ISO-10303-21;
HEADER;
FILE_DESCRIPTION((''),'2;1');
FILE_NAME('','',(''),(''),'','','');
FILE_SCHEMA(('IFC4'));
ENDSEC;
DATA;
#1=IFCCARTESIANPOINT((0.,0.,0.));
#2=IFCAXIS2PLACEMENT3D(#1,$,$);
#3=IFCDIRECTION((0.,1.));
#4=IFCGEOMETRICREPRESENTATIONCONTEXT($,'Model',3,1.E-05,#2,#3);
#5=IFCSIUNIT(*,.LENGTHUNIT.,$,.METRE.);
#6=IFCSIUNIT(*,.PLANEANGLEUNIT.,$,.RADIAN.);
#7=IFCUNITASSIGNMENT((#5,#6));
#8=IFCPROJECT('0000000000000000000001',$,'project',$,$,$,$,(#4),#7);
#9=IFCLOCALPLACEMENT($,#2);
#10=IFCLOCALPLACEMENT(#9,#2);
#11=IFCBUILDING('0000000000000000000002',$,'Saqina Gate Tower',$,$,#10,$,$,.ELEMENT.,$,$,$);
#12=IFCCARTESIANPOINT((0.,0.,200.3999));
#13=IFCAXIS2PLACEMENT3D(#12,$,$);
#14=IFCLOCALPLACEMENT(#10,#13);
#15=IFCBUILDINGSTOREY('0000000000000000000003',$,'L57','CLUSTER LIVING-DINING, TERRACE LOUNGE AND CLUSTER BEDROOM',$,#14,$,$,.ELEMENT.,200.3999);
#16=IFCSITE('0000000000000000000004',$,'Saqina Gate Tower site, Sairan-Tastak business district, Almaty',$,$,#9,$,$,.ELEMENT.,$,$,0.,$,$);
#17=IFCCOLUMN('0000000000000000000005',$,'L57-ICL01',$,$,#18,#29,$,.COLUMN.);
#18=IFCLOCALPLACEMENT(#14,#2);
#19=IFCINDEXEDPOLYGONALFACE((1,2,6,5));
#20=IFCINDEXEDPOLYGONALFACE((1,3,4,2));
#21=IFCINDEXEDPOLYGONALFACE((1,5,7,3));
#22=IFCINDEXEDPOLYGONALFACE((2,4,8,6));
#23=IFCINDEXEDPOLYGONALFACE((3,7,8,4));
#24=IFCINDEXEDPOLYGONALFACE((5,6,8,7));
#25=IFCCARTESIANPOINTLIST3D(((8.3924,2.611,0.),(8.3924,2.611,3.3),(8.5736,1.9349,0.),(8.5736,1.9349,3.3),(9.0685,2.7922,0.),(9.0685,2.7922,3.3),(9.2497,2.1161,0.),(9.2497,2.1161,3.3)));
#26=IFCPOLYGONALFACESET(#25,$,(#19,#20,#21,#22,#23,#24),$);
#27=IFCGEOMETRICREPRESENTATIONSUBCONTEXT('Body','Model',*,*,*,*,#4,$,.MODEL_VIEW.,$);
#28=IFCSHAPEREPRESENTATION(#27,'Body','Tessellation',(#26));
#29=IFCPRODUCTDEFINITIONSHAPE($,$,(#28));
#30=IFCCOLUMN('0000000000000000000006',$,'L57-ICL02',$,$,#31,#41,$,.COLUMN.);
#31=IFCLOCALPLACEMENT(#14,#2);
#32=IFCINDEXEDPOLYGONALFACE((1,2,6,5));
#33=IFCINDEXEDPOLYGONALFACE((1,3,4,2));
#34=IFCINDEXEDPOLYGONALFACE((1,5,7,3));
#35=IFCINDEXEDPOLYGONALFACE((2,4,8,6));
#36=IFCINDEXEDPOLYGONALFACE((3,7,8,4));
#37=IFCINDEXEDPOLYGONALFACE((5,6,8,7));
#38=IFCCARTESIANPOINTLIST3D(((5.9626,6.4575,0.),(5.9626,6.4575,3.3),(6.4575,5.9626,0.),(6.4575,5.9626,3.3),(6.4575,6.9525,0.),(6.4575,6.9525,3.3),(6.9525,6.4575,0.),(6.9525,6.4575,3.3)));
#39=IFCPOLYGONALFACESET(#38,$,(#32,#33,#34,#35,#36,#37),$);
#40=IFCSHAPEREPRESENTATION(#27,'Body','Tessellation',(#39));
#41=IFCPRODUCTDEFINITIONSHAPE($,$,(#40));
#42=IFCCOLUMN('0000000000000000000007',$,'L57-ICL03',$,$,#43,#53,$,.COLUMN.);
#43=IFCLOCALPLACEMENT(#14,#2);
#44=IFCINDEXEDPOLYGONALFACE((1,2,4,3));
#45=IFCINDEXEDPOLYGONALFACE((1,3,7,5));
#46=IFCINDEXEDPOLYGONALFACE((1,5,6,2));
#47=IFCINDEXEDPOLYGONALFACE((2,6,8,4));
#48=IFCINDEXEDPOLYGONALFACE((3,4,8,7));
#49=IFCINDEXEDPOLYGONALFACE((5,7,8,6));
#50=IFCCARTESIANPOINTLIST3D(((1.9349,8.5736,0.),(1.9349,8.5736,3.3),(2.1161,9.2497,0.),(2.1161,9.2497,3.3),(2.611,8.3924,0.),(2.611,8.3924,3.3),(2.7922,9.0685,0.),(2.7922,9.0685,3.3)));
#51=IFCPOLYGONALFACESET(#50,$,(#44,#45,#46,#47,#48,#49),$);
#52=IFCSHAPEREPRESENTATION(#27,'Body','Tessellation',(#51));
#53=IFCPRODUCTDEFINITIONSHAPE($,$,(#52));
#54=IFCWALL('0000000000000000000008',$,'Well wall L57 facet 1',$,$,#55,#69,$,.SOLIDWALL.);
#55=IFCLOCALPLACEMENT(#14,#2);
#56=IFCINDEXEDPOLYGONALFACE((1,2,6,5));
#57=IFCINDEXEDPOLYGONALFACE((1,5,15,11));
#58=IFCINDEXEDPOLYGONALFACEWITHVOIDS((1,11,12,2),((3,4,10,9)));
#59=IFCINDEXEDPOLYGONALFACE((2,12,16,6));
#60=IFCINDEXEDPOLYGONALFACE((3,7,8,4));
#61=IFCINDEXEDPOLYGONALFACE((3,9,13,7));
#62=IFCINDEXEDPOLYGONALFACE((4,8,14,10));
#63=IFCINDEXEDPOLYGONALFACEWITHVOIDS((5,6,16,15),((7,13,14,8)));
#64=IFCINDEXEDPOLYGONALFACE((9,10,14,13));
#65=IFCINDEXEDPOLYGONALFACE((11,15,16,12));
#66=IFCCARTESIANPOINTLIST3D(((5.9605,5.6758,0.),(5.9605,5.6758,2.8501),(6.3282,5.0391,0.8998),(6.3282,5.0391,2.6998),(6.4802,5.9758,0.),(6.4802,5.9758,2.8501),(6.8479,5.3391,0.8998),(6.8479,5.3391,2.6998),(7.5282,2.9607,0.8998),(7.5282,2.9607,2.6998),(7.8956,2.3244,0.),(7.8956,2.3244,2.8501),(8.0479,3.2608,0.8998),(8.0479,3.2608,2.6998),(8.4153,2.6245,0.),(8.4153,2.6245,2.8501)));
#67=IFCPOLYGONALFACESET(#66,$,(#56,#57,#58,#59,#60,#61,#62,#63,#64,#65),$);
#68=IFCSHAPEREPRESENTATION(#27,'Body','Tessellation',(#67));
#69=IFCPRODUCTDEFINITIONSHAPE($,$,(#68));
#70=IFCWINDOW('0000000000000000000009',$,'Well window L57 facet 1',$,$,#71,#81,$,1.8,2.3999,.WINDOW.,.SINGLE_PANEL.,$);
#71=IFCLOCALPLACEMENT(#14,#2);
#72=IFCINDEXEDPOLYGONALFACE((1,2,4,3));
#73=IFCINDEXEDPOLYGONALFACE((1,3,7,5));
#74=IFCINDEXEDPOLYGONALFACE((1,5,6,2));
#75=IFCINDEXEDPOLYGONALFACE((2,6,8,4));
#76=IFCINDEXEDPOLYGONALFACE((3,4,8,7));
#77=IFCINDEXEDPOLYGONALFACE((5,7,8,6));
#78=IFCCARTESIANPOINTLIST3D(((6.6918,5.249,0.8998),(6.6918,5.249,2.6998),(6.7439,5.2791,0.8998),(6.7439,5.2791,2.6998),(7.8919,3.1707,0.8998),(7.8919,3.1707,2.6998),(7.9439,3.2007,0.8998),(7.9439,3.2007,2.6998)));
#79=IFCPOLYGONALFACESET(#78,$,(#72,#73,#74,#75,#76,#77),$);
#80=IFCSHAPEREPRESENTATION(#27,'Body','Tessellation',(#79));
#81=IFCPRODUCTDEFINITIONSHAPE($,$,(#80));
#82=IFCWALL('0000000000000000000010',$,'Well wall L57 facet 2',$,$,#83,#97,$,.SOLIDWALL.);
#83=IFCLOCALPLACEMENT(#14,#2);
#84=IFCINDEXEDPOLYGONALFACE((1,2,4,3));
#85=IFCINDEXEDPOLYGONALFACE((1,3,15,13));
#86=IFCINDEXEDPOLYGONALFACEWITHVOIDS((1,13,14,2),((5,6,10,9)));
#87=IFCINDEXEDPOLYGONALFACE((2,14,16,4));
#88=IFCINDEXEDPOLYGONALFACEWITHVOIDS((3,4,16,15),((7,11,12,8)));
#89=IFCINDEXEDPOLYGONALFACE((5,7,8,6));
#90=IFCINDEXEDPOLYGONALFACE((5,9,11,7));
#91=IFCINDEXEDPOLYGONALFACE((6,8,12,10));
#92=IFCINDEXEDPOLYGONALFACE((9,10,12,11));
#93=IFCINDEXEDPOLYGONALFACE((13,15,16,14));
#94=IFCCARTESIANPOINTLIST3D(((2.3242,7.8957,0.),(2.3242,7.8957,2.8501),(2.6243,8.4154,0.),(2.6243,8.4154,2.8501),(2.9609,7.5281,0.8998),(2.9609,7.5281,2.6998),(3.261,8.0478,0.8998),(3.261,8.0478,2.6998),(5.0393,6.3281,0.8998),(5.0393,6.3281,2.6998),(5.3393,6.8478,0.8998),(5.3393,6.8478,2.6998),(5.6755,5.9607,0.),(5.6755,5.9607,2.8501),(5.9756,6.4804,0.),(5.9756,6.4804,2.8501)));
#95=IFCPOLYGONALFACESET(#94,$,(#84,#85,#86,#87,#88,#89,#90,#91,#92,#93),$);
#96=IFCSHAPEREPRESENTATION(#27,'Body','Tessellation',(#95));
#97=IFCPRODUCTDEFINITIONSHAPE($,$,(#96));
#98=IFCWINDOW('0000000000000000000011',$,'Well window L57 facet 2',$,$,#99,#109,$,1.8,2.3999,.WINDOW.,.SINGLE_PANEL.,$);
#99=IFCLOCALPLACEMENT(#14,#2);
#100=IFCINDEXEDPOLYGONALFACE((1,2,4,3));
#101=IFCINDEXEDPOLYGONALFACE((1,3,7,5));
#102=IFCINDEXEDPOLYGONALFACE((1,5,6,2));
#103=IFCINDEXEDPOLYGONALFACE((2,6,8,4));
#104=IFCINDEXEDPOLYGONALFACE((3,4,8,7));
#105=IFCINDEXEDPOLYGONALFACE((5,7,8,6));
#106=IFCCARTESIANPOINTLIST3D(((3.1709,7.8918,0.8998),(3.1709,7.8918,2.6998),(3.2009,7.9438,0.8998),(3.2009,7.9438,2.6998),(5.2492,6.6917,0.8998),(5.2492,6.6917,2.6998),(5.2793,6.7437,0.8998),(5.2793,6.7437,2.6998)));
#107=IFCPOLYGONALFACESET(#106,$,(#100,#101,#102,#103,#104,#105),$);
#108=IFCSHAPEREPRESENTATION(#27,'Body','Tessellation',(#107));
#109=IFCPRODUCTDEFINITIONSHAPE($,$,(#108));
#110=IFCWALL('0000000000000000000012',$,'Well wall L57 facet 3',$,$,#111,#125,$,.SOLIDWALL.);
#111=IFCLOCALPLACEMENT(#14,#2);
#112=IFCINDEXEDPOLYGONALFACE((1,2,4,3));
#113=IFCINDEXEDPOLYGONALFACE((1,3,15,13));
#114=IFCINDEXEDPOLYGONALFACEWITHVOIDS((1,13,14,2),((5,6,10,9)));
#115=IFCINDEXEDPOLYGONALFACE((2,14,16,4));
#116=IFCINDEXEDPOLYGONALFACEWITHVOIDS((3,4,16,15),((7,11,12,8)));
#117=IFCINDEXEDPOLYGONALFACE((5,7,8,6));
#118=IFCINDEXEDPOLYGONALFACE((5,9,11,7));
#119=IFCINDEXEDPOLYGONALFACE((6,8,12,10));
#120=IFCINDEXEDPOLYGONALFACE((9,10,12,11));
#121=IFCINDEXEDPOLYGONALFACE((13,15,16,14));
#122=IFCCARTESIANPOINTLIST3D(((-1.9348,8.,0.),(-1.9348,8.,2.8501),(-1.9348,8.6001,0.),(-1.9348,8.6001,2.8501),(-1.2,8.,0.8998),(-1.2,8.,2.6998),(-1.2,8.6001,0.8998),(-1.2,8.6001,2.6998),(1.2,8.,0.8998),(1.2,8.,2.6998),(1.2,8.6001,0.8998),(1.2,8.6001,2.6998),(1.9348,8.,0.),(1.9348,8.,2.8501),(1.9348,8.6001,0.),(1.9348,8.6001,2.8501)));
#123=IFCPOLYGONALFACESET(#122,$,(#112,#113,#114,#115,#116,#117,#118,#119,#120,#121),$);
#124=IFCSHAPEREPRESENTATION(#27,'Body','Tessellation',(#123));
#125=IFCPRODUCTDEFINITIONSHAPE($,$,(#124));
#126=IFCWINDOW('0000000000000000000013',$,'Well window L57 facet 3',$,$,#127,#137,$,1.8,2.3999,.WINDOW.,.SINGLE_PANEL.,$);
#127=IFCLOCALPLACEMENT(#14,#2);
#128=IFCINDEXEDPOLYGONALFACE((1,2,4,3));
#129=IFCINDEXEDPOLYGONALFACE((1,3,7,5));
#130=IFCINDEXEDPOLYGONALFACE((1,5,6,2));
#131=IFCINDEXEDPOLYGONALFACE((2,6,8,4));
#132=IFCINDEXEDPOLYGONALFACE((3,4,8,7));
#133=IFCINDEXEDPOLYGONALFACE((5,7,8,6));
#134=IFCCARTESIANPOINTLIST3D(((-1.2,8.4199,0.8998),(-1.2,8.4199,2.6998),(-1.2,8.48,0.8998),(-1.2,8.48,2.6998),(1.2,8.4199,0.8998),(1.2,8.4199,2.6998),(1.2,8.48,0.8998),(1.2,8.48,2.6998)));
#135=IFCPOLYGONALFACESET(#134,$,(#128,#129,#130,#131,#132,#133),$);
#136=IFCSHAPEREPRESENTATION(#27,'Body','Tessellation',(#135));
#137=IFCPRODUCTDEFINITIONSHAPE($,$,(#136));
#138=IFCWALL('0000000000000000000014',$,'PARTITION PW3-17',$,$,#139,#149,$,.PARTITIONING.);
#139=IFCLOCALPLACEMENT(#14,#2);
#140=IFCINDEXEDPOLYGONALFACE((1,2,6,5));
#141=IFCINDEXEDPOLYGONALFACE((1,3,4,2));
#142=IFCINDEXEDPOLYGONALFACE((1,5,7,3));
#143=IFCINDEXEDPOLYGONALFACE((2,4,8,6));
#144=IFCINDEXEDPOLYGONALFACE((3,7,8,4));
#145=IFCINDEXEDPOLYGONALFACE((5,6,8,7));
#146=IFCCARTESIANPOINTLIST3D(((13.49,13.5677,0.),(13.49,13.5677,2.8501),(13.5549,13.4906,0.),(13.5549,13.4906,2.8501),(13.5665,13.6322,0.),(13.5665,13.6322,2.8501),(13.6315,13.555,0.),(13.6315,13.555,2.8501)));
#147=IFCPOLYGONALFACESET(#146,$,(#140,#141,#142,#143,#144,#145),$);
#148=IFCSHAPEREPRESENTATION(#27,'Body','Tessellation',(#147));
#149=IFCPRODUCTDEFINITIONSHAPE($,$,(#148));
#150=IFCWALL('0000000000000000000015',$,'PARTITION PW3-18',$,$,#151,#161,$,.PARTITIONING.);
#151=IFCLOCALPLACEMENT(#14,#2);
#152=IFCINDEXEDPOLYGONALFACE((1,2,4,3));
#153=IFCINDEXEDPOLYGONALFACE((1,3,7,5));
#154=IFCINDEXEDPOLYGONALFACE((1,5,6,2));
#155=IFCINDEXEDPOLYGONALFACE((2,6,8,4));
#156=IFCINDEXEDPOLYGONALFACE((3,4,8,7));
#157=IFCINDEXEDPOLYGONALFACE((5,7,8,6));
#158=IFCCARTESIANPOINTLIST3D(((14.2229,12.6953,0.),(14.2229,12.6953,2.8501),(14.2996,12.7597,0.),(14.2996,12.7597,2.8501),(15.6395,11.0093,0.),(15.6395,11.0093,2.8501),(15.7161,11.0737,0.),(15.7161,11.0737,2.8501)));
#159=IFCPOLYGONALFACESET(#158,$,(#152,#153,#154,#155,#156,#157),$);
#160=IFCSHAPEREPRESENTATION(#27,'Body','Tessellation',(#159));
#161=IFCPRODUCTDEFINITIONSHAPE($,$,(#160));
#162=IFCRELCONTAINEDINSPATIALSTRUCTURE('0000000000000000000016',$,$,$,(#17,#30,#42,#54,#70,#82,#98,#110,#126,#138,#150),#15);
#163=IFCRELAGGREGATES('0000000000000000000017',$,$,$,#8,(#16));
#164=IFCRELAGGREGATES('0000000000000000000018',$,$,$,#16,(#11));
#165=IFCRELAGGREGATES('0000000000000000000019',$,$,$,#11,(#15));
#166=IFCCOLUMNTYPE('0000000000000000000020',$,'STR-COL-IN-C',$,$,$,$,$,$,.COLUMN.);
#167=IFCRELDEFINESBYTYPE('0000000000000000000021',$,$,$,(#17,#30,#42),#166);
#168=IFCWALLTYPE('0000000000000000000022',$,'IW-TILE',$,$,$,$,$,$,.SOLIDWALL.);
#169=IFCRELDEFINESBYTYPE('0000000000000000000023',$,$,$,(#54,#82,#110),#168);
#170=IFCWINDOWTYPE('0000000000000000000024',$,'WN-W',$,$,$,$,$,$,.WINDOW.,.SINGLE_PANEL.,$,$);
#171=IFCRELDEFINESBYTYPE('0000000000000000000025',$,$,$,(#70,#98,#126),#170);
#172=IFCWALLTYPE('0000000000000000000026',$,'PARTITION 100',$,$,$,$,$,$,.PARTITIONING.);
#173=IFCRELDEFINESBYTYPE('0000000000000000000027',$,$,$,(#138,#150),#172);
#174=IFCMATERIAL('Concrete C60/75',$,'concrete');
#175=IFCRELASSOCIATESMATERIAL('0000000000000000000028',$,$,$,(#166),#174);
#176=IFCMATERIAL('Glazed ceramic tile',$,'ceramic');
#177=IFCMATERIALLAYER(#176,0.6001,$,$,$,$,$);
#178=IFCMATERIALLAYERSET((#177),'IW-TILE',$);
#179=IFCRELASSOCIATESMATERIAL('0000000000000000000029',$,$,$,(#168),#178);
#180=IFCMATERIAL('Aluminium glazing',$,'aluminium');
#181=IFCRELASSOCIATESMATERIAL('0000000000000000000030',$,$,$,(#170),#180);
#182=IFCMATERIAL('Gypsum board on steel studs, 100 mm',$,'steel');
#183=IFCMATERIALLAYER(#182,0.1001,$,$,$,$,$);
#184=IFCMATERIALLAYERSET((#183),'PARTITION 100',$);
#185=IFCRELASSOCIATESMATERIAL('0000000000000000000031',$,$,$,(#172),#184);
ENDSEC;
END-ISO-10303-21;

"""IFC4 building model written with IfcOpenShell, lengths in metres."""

from ifc_helpers import new_model, si_unit, direction, frame, frame_2d, origin, origin_2d, place, context, subcontext, project, spatial, rectangle, extrude, material, layer, layer_set, material_profile, profile_set, type_object, element, fill, save


model = new_model("IFC4")

# Units and contexts
model_context = context("Model", 3, precision=1e-05, world=origin(), true_north=direction((0.0, 1.0)))
body_context = subcontext(model_context, "Body", "Model", "MODEL_VIEW")
ifc_project = project(units=[si_unit("LENGTHUNIT", "METRE"), si_unit("PLANEANGLEUNIT", "RADIAN")], contexts=[model_context])

# Site, building, storey
site_placement = place(None, origin())
site = spatial("IfcSite", under=ifc_project, at=site_placement, Name="Saqina Gate Tower site, Sairan-Tastak business district, Almaty", CompositionType="ELEMENT", RefElevation=0.0)
building_placement = place(site_placement, origin())
building = spatial("IfcBuilding", under=site, at=building_placement, Name="Saqina Gate Tower", CompositionType="ELEMENT")
storey_placement = place(building_placement, frame((0.0, 0.0, 200.3999)))
storey = spatial("IfcBuildingStorey", under=building, at=storey_placement, Name="L57", Description="CLUSTER LIVING-DINING, TERRACE LOUNGE AND CLUSTER BEDROOM", CompositionType="ELEMENT", Elevation=200.3999)

# Columns
ifc_material_1 = material(Name="Concrete C60/75", Category="concrete")
ifc_material_profile = material_profile(ifc_material_1, rectangle(XDim=0.7, YDim=0.7, at=origin_2d()), Name="RC 700x700")
ifc_profile_set = profile_set([ifc_material_profile], Name="Concrete C60/75")
column_type = type_object("IfcColumnType", Name="STR-COL-IN-C", PredefinedType="COLUMN", material=ifc_profile_set)
for number, where, z_axis, x_axis, name in (
    (1, (8.821, 2.3635, 0.0), (0.0, 0.0, 1.0), (0.965926, 0.258819, 0.0), "L57-ICL01"),
    (2, (6.4575, 6.4575, 0.0), (0.0, 0.0, 1.0), (0.707107, 0.707107, 0.0), "L57-ICL02"),
    (3, (2.3635, 8.821, 0.0), (0.0, 0.0, 1.0), (0.258819, 0.965926, 0.0), "L57-ICL03"),
):
    element("IfcColumn", number, at=place(storey_placement, frame(where, z_axis=z_axis, x_axis=x_axis)), inside=storey, type_object=column_type, Name=name, PredefinedType="COLUMN", context=body_context, shape_type="SweptSolid", body=[
        extrude(rectangle(XDim=0.7, YDim=0.7, at=origin_2d()), origin(), (0.0, 0.0, 1.0), 3.3),
    ])

# Walls, openings, windows
ifc_material_2 = material(Name="Glazed ceramic tile", Category="ceramic")
ifc_layer_1 = layer(ifc_material_2, 0.6001)
ifc_layer_set_1 = layer_set([ifc_layer_1], Name="IW-TILE")
wall_type_1 = type_object("IfcWallType", Name="IW-TILE", PredefinedType="SOLIDWALL", material=ifc_layer_set_1)
wall_1_placement = place(storey_placement, frame((8.1555, 2.4744, 0.0), z_axis=(0.0, 0.0, 1.0), x_axis=(-0.500034, 0.866006, 0.0)))
wall_1 = element("IfcWall", 4, at=wall_1_placement, inside=storey, type_object=wall_type_1, Name="Well wall L57 facet 1", PredefinedType="SOLIDWALL", context=body_context, shape_type="SweptSolid", body=[
    extrude(rectangle(XDim=3.8699, YDim=0.6001, at=frame_2d((1.9351, 0.0))), origin(), (0.0, 0.0, 1.0), 2.8501),
])
opening_1_placement = place(wall_1_placement, frame((0.7349, 0.0, 0.8999)))
opening_1 = element("IfcOpeningElement", 5, at=opening_1_placement, cuts=wall_1, PredefinedType="OPENING", context=body_context, shape_type="SweptSolid", body=[
    extrude(rectangle(XDim=2.3999, YDim=1.8, at=frame_2d((1.2, 0.8999))), frame((0.0, 0.312, 0.0), z_axis=(0.0, -1.0, 0.0), x_axis=(1.0, 0.0, 0.0)), (0.0, 0.0, 1.0), 0.624),
])
ifc_material_3 = material(Name="Aluminium glazing", Category="aluminium")
window_type = type_object("IfcWindowType", Name="WN-W", PartitioningType="SINGLE_PANEL", PredefinedType="WINDOW", material=ifc_material_3)
window_1_placement = place(opening_1_placement, origin())
window_1 = element("IfcWindow", 6, at=window_1_placement, inside=storey, type_object=window_type, Name="Well window L57 facet 1", OverallHeight=1.8, OverallWidth=2.3999, PartitioningType="SINGLE_PANEL", PredefinedType="WINDOW", context=body_context, shape_type="SweptSolid", body=[
    extrude(rectangle(XDim=2.3999, YDim=1.8, at=frame_2d((1.2, 0.8999))), frame((0.0, -0.1199, 0.0), z_axis=(0.0, -1.0, 0.0), x_axis=(1.0, 0.0, 0.0)), (0.0, 0.0, 1.0), 0.0601),
])
fill(opening_1, window_1)
wall_2_placement = place(storey_placement, frame((5.8257, 6.2205, 0.0), z_axis=(0.0, 0.0, 1.0), x_axis=(-0.866006, 0.500034, 0.0)))
wall_2 = element("IfcWall", 7, at=wall_2_placement, inside=storey, type_object=wall_type_1, Name="Well wall L57 facet 2", PredefinedType="SOLIDWALL", context=body_context, shape_type="SweptSolid", body=[
    extrude(rectangle(XDim=3.8699, YDim=0.6001, at=frame_2d((1.9351, 0.0))), origin(), (0.0, 0.0, 1.0), 2.8501),
])
opening_2_placement = place(wall_2_placement, frame((0.7349, 0.0, 0.8999)))
opening_2 = element("IfcOpeningElement", 8, at=opening_2_placement, cuts=wall_2, PredefinedType="OPENING", context=body_context, shape_type="SweptSolid", body=[
    extrude(rectangle(XDim=2.3999, YDim=1.8, at=frame_2d((1.2, 0.8999))), frame((0.0, 0.312, 0.0), z_axis=(0.0, -1.0, 0.0), x_axis=(1.0, 0.0, 0.0)), (0.0, 0.0, 1.0), 0.624),
])
window_2_placement = place(opening_2_placement, origin())
window_2 = element("IfcWindow", 9, at=window_2_placement, inside=storey, type_object=window_type, Name="Well window L57 facet 2", OverallHeight=1.8, OverallWidth=2.3999, PartitioningType="SINGLE_PANEL", PredefinedType="WINDOW", context=body_context, shape_type="SweptSolid", body=[
    extrude(rectangle(XDim=2.3999, YDim=1.8, at=frame_2d((1.2, 0.8999))), frame((0.0, -0.1199, 0.0), z_axis=(0.0, -1.0, 0.0), x_axis=(1.0, 0.0, 0.0)), (0.0, 0.0, 1.0), 0.0601),
])
fill(opening_2, window_2)
wall_3_placement = place(storey_placement, frame((1.9348, 8.3, 0.0), z_axis=(0.0, 0.0, 1.0), x_axis=(-1.0, 0.0, 0.0)))
wall_3 = element("IfcWall", 10, at=wall_3_placement, inside=storey, type_object=wall_type_1, Name="Well wall L57 facet 3", PredefinedType="SOLIDWALL", context=body_context, shape_type="SweptSolid", body=[
    extrude(rectangle(XDim=3.8696, YDim=0.6001, at=frame_2d((1.9348, 0.0))), origin(), (0.0, 0.0, 1.0), 2.8501),
])
opening_3_placement = place(wall_3_placement, frame((0.7349, 0.0, 0.8999)))
opening_3 = element("IfcOpeningElement", 11, at=opening_3_placement, cuts=wall_3, PredefinedType="OPENING", context=body_context, shape_type="SweptSolid", body=[
    extrude(rectangle(XDim=2.3999, YDim=1.8, at=frame_2d((1.2, 0.8999))), frame((0.0, 0.312, 0.0), z_axis=(0.0, -1.0, 0.0), x_axis=(1.0, 0.0, 0.0)), (0.0, 0.0, 1.0), 0.624),
])
window_3_placement = place(opening_3_placement, origin())
window_3 = element("IfcWindow", 12, at=window_3_placement, inside=storey, type_object=window_type, Name="Well window L57 facet 3", OverallHeight=1.8, OverallWidth=2.3999, PartitioningType="SINGLE_PANEL", PredefinedType="WINDOW", context=body_context, shape_type="SweptSolid", body=[
    extrude(rectangle(XDim=2.3999, YDim=1.8, at=frame_2d((1.2, 0.8999))), frame((0.0, -0.1199, 0.0), z_axis=(0.0, -1.0, 0.0), x_axis=(1.0, 0.0, 0.0)), (0.0, 0.0, 1.0), 0.0601),
])
fill(opening_3, window_3)

# Walls
ifc_material_4 = material(Name="Gypsum board on steel studs, 100 mm", Category="steel")
ifc_layer_2 = layer(ifc_material_4, 0.1001)
ifc_layer_set_2 = layer_set([ifc_layer_2], Name="PARTITION 100")
wall_type_2 = type_object("IfcWallType", Name="PARTITION 100", PredefinedType="PARTITIONING", material=ifc_layer_set_2)
wall_4_placement = place(storey_placement, frame((13.5283, 13.5999, 0.0), z_axis=(0.0, 0.0, 1.0), x_axis=(0.643987, -0.765037, 0.0)))
element("IfcWall", 13, at=wall_4_placement, inside=storey, type_object=wall_type_2, Name="PARTITION PW3-17", PredefinedType="PARTITIONING", context=body_context, shape_type="SweptSolid", body=[
    extrude(rectangle(XDim=0.1008, YDim=0.1001, at=frame_2d((0.0503, 0.0))), origin(), (0.0, 0.0, 1.0), 2.8501),
])
wall_5_placement = place(storey_placement, frame((14.2612, 12.7275, 0.0), z_axis=(0.0, 0.0, 1.0), x_axis=(0.643254, -0.765652, 0.0)))
element("IfcWall", 14, at=wall_5_placement, inside=storey, type_object=wall_type_2, Name="PARTITION PW3-18", PredefinedType="PARTITIONING", context=body_context, shape_type="SweptSolid", body=[
    extrude(rectangle(XDim=2.2021, YDim=0.1001, at=frame_2d((1.1011, 0.0))), origin(), (0.0, 0.0, 1.0), 2.8501),
])

save(model, "model.ifc")
